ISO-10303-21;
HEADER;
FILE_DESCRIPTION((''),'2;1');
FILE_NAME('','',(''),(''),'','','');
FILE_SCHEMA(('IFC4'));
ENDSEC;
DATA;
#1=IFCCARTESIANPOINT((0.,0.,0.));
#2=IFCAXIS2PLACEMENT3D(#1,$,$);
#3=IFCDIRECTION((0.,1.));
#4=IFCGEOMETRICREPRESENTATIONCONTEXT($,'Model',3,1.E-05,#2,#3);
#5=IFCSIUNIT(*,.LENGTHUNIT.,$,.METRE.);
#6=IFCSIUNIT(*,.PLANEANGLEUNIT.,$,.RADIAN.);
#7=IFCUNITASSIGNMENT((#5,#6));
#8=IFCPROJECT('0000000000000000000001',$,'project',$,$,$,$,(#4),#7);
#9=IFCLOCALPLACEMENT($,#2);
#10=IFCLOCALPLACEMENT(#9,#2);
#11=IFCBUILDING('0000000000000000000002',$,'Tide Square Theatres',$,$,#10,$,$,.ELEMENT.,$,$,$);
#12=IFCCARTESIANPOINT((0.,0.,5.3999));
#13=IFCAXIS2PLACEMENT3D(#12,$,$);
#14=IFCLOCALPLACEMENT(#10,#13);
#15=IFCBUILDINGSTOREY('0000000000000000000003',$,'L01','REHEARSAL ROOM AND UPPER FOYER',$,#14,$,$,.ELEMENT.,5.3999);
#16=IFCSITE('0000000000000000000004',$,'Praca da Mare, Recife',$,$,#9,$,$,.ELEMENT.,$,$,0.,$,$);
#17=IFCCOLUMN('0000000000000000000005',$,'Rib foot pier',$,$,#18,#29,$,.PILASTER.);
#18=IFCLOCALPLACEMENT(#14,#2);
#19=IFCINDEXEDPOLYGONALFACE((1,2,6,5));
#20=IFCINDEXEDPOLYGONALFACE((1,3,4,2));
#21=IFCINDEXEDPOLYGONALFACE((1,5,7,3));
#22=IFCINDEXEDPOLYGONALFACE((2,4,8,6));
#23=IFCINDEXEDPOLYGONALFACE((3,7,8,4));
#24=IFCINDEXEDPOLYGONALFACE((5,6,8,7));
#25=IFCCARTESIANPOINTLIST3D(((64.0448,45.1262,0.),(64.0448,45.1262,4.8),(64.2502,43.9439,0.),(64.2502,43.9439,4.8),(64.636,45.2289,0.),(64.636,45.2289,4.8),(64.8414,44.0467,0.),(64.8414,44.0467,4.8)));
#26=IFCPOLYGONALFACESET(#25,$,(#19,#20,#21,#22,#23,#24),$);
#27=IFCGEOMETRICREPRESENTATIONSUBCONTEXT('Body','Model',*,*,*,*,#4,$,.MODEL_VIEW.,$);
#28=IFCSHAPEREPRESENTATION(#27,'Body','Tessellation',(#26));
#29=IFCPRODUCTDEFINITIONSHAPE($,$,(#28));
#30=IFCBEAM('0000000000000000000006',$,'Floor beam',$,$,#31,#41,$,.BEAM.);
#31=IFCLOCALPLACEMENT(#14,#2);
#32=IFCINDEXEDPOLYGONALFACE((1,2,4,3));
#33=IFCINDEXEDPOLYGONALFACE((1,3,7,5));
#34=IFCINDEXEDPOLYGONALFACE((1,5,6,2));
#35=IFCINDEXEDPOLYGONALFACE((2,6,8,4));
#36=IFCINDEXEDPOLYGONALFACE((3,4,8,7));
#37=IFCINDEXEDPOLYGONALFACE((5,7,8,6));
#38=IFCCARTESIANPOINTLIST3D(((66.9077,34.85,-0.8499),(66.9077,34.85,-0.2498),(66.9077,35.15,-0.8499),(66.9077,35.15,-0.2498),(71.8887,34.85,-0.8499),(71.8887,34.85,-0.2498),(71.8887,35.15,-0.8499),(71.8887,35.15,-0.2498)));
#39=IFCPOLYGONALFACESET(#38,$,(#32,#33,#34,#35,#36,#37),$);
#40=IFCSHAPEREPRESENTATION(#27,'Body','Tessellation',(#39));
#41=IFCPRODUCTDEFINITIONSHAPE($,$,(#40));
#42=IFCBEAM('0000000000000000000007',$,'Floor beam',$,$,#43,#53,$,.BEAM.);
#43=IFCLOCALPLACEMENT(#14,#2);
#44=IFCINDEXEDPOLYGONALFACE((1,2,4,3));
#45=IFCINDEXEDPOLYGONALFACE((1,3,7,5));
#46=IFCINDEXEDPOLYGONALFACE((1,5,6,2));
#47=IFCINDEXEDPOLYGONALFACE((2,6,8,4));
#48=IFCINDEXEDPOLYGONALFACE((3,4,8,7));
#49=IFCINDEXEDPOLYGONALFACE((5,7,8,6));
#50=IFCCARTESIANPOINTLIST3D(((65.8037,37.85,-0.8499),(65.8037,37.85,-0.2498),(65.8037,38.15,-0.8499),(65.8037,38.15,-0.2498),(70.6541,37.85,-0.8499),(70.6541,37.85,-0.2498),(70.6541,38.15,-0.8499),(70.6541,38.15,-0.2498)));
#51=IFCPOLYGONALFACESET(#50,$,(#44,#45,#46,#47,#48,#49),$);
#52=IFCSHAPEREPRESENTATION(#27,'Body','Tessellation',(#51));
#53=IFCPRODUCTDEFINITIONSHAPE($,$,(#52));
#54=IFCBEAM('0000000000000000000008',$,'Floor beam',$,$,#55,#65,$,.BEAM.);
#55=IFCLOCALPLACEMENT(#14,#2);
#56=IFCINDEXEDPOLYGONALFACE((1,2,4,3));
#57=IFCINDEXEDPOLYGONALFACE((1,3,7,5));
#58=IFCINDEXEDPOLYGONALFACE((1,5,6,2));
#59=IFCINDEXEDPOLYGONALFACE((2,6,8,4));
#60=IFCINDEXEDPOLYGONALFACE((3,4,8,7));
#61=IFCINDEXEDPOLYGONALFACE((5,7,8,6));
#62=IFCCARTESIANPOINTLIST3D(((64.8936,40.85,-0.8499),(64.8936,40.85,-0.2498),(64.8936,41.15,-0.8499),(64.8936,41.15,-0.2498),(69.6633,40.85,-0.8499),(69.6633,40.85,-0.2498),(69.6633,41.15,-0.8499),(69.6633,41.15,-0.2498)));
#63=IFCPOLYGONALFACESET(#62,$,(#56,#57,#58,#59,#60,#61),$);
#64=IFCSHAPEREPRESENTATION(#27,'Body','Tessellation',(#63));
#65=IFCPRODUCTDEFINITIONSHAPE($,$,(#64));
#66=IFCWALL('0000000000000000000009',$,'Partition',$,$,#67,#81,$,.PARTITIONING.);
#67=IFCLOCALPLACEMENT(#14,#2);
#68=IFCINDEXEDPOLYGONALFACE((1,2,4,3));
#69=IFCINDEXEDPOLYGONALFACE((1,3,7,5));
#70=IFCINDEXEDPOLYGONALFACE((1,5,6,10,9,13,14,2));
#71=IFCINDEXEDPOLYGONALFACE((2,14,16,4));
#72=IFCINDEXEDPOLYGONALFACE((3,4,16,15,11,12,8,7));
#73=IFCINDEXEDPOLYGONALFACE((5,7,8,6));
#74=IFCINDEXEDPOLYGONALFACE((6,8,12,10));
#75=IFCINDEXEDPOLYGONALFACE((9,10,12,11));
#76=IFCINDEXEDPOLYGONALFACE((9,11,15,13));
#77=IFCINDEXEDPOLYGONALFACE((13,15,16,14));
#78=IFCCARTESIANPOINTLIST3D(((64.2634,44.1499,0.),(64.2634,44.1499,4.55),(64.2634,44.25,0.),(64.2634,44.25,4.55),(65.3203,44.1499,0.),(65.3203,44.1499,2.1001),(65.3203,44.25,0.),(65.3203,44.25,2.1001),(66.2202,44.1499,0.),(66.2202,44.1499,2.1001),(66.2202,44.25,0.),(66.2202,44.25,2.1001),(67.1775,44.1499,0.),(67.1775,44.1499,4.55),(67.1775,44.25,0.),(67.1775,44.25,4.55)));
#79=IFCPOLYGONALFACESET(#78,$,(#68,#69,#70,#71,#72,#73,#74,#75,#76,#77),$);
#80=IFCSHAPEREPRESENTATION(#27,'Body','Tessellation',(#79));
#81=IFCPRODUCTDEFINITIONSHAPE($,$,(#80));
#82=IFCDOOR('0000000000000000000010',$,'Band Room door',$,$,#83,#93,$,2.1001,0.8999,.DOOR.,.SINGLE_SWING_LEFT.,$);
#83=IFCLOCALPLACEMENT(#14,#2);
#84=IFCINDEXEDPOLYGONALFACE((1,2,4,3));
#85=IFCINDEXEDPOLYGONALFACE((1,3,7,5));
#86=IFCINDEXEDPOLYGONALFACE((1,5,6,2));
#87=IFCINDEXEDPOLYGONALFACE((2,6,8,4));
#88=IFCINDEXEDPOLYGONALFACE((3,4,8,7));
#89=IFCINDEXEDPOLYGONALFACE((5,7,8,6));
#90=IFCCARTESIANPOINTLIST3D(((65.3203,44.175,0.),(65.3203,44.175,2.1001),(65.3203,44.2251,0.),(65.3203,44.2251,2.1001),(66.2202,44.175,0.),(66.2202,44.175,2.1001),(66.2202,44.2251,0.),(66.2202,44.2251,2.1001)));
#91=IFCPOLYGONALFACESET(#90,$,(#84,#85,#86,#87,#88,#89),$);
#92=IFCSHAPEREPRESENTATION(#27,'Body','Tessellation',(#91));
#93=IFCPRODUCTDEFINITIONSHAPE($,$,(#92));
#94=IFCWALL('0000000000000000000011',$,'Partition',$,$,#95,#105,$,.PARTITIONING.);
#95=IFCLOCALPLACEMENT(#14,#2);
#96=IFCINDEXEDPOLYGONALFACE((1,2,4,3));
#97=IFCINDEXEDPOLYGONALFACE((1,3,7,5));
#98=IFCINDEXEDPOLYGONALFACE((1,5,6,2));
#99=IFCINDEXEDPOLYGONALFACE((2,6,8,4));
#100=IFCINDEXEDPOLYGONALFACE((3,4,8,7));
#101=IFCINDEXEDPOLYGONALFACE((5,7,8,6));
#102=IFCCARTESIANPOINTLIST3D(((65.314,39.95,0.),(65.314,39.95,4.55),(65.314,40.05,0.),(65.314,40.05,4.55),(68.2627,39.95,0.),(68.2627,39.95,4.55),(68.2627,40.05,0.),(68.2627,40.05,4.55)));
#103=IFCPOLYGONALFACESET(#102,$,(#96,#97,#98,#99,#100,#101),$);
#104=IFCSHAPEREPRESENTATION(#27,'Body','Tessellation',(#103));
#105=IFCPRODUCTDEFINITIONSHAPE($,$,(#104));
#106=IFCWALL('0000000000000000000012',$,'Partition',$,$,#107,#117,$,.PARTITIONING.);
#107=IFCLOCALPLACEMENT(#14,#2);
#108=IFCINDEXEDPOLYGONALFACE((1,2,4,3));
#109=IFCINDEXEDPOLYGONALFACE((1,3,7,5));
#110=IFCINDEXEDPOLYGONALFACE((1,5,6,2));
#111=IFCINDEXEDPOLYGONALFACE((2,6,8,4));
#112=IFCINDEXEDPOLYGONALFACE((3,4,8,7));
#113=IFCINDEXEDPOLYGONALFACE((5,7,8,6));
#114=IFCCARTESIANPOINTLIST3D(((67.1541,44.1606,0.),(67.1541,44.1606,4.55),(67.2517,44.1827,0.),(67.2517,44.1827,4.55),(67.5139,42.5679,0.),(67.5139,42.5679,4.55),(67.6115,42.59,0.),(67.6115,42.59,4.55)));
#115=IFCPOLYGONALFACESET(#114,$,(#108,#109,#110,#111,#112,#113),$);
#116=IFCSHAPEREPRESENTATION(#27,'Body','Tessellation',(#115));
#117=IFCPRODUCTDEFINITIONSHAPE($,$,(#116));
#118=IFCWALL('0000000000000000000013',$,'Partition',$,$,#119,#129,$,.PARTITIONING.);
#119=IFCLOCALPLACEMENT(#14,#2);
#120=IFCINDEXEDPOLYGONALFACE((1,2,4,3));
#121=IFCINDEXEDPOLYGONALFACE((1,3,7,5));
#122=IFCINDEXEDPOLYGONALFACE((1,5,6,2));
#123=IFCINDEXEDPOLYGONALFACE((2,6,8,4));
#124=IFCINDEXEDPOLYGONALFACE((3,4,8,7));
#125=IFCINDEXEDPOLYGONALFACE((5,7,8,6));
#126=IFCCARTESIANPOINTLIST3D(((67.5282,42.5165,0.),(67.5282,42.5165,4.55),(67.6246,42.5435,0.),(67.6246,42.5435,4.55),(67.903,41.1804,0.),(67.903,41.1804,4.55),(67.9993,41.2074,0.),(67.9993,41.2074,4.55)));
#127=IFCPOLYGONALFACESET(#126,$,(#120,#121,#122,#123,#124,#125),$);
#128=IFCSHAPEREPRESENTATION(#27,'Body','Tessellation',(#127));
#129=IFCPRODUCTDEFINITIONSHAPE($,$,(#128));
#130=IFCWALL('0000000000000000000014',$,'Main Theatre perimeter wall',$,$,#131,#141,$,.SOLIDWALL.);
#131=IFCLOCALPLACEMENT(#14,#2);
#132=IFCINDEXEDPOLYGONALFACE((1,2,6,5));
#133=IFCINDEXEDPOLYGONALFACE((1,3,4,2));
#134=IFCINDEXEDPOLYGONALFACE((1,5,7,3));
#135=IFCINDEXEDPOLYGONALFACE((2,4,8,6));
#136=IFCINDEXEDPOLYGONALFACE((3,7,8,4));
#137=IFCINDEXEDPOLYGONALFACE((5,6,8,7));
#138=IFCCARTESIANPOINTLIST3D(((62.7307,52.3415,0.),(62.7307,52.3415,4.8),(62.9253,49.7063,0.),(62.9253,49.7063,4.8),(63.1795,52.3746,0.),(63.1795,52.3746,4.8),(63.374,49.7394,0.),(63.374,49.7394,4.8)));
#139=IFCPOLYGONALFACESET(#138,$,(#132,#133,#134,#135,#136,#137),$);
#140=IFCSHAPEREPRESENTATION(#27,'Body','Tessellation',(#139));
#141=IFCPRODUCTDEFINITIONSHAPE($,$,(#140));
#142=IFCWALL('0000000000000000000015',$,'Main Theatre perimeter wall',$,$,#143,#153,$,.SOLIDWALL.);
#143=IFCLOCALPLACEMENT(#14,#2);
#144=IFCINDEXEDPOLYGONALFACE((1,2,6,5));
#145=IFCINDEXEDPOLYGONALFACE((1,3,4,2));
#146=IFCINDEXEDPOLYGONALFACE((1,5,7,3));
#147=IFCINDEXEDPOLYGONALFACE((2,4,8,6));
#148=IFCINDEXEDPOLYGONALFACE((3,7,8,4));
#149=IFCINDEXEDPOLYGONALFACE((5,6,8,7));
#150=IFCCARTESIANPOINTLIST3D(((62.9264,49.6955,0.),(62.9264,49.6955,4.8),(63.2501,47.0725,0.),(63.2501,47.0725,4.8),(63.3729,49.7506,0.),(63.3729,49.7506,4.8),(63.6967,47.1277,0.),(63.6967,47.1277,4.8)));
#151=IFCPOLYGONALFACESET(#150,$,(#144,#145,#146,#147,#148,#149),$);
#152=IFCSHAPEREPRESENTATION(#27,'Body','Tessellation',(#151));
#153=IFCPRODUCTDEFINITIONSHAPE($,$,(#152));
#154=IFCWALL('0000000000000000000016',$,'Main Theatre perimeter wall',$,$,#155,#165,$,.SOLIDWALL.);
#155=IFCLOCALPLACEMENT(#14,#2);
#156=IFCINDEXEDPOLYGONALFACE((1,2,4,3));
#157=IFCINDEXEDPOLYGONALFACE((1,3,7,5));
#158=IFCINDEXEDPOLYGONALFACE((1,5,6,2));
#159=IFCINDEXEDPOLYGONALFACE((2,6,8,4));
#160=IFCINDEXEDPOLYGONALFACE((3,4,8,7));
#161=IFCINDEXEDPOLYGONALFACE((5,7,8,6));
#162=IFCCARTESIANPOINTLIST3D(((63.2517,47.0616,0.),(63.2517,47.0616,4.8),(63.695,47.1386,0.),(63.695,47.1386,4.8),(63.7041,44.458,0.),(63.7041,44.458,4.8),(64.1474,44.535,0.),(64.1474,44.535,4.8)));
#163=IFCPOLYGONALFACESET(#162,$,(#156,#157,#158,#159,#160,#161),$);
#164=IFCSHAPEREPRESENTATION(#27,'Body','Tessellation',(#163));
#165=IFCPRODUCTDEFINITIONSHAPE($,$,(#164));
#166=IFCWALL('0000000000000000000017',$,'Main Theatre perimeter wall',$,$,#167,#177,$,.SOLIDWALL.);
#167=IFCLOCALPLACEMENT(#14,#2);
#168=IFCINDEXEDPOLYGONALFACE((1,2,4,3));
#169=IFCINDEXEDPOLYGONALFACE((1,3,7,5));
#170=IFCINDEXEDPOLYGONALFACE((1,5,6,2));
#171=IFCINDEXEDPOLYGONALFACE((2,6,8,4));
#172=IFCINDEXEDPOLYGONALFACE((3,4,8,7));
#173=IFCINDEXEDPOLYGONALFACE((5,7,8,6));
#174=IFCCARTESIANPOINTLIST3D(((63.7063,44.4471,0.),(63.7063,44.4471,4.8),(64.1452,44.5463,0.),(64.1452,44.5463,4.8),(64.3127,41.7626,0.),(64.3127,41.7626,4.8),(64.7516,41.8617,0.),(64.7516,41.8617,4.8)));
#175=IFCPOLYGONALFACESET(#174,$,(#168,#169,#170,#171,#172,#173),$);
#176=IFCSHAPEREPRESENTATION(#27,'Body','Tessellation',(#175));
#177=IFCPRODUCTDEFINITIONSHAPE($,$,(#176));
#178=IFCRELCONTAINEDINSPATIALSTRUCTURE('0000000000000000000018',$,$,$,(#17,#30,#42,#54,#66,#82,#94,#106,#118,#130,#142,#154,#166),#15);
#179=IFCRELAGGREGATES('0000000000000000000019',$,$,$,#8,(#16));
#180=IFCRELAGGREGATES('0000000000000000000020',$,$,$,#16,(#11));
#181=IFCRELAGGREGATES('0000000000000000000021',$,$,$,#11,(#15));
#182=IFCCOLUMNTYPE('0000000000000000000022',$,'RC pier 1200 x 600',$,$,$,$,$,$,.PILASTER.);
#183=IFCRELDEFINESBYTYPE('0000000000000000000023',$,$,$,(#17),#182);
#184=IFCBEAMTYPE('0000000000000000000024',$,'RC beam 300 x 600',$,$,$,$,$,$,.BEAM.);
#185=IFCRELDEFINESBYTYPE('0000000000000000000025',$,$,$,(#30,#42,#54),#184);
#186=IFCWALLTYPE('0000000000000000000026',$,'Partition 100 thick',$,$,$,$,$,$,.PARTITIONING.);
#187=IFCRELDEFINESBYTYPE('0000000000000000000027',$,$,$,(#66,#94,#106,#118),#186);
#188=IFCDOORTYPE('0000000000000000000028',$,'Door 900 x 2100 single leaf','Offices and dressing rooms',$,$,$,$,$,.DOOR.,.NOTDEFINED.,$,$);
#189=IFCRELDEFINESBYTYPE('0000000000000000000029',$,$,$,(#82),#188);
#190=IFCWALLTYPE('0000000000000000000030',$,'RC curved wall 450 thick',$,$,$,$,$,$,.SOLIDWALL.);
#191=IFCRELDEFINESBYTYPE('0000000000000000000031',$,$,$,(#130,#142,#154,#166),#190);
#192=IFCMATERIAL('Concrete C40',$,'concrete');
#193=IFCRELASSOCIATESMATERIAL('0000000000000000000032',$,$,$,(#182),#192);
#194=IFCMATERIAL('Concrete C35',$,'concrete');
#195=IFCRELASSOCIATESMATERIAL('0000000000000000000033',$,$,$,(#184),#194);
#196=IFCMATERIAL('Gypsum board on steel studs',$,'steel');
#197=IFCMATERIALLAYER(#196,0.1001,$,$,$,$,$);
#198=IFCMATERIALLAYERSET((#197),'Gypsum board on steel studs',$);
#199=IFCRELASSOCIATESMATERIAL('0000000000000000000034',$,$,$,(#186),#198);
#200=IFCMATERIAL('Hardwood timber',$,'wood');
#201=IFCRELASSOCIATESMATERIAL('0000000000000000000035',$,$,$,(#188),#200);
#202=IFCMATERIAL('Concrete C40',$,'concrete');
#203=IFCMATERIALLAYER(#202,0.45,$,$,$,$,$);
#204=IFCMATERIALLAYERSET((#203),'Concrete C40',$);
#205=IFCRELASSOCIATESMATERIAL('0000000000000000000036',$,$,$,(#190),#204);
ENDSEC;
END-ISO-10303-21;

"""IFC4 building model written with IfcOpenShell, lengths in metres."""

from ifc_helpers import new_model, si_unit, direction, frame, frame_2d, origin, origin_2d, place, context, subcontext, project, spatial, rectangle, extrude, material, layer, layer_set, material_profile, profile_set, type_object, element, fill, save


model = new_model("IFC4")

# Units and contexts
model_context = context("Model", 3, precision=1e-05, world=origin(), true_north=direction((0.0, 1.0)))
body_context = subcontext(model_context, "Body", "Model", "MODEL_VIEW")
ifc_project = project(units=[si_unit("LENGTHUNIT", "METRE"), si_unit("PLANEANGLEUNIT", "RADIAN")], contexts=[model_context])

# Site, building, storey
site_placement = place(None, origin())
site = spatial("IfcSite", under=ifc_project, at=site_placement, Name="Praca da Mare, Recife", CompositionType="ELEMENT", RefElevation=0.0)
building_placement = place(site_placement, origin())
building = spatial("IfcBuilding", under=site, at=building_placement, Name="Tide Square Theatres", CompositionType="ELEMENT")
storey_placement = place(building_placement, frame((0.0, 0.0, 5.3999)))
storey = spatial("IfcBuildingStorey", under=building, at=storey_placement, Name="L01", Description="REHEARSAL ROOM AND UPPER FOYER", CompositionType="ELEMENT", Elevation=5.3999)

# Column
ifc_material_1 = material(Name="Concrete C40", Category="concrete")
ifc_material_profile_1 = material_profile(ifc_material_1, rectangle(XDim=1.2, YDim=0.6001, at=origin_2d()))
ifc_profile_set_1 = profile_set([ifc_material_profile_1], Name="Concrete C40")
column_type = type_object("IfcColumnType", Name="RC pier 1200 x 600", PredefinedType="PILASTER", material=ifc_profile_set_1)
column_placement = place(storey_placement, frame((64.4431, 44.5864, 0.0), z_axis=(0.0, 0.0, 1.0), x_axis=(0.171173, -0.985241, 0.0)))
element("IfcColumn", 1, at=column_placement, inside=storey, type_object=column_type, Name="Rib foot pier", PredefinedType="PILASTER", context=body_context, shape_type="SweptSolid", body=[
    extrude(rectangle(XDim=1.2, YDim=0.6001, at=origin_2d()), origin(), (0.0, 0.0, 1.0), 4.8),
])

# Beams
ifc_material_2 = material(Name="Concrete C35", Category="concrete")
ifc_material_profile_2 = material_profile(ifc_material_2, rectangle(XDim=0.3, YDim=0.6001, at=origin_2d()))
ifc_profile_set_2 = profile_set([ifc_material_profile_2], Name="Concrete C35")
beam_type = type_object("IfcBeamType", Name="RC beam 300 x 600", PredefinedType="BEAM", material=ifc_profile_set_2)
beam_1_placement = place(storey_placement, frame((66.9077, 35.0, -0.5498), z_axis=(1.0, 0.0, 0.0), x_axis=(0.0, 1.0, 0.0)))
element("IfcBeam", 2, at=beam_1_placement, inside=storey, type_object=beam_type, Name="Floor beam", PredefinedType="BEAM", context=body_context, shape_type="SweptSolid", body=[
    extrude(rectangle(XDim=0.3, YDim=0.6001, at=origin_2d()), origin(), (0.0, 0.0, 1.0), 4.981),
])
beam_2_placement = place(storey_placement, frame((65.8037, 38.0, -0.5498), z_axis=(1.0, 0.0, 0.0), x_axis=(0.0, 1.0, 0.0)))
element("IfcBeam", 3, at=beam_2_placement, inside=storey, type_object=beam_type, Name="Floor beam", PredefinedType="BEAM", context=body_context, shape_type="SweptSolid", body=[
    extrude(rectangle(XDim=0.3, YDim=0.6001, at=origin_2d()), origin(), (0.0, 0.0, 1.0), 4.8503),
])
beam_3_placement = place(storey_placement, frame((64.8936, 41.0, -0.5498), z_axis=(1.0, 0.0, 0.0), x_axis=(0.0, 1.0, 0.0)))
element("IfcBeam", 4, at=beam_3_placement, inside=storey, type_object=beam_type, Name="Floor beam", PredefinedType="BEAM", context=body_context, shape_type="SweptSolid", body=[
    extrude(rectangle(XDim=0.3, YDim=0.6001, at=origin_2d()), origin(), (0.0, 0.0, 1.0), 4.7698),
])

# Wall, opening, door
ifc_material_3 = material(Name="Gypsum board on steel studs", Category="steel")
ifc_layer_1 = layer(ifc_material_3, 0.1001)
ifc_layer_set_1 = layer_set([ifc_layer_1], Name="Gypsum board on steel studs")
wall_type_1 = type_object("IfcWallType", Name="Partition 100 thick", PredefinedType="PARTITIONING", material=ifc_layer_set_1)
wall_1_placement = place(storey_placement, frame((64.2634, 44.2, 0.0), z_axis=(0.0, 0.0, 1.0), x_axis=(1.0, 0.0, 0.0)))
wall_1 = element("IfcWall", 5, at=wall_1_placement, inside=storey, type_object=wall_type_1, Name="Partition", PredefinedType="PARTITIONING", context=body_context, shape_type="SweptSolid", body=[
    extrude(rectangle(XDim=2.9141, YDim=0.1001, at=frame_2d((1.457, 0.0))), origin(), (0.0, 0.0, 1.0), 4.55),
])
opening_1_placement = place(wall_1_placement, frame((1.0569, 0.0, 0.0)))
opening_1 = element("IfcOpeningElement", 6, at=opening_1_placement, cuts=wall_1, PredefinedType="OPENING", context=body_context, shape_type="SweptSolid", body=[
    extrude(rectangle(XDim=0.8999, YDim=2.1001, at=frame_2d((0.45, 1.05))), frame((0.0, 0.0601, 0.0), z_axis=(0.0, -1.0, 0.0), x_axis=(1.0, 0.0, 0.0)), (0.0, 0.0, 1.0), 0.1201),
])
ifc_material_4 = material(Name="Hardwood timber", Category="wood")
door_type = type_object("IfcDoorType", Name="Door 900 x 2100 single leaf", Description="Offices and dressing rooms", OperationType="NOTDEFINED", PredefinedType="DOOR", material=ifc_material_4)
door_placement = place(opening_1_placement, frame((0.8999, 0.0, 0.0), z_axis=(0.0, 0.0, 1.0), x_axis=(-1.0, 0.0, 0.0)))
door = element("IfcDoor", 7, at=door_placement, inside=storey, type_object=door_type, Name="Band Room door", OperationType="SINGLE_SWING_LEFT", OverallHeight=2.1001, OverallWidth=0.8999, PredefinedType="DOOR", context=body_context, shape_type="SweptSolid", body=[
    extrude(rectangle(XDim=0.8999, YDim=2.1001, at=frame_2d((0.45, 1.05))), frame((0.0, 0.0249, 0.0), z_axis=(0.0, -1.0, 0.0), x_axis=(1.0, 0.0, 0.0)), (0.0, 0.0, 1.0), 0.05),
])
fill(opening_1, door)

# Walls
wall_2_placement = place(storey_placement, frame((65.314, 40.0, 0.0), z_axis=(0.0, 0.0, 1.0), x_axis=(1.0, 0.0, 0.0)))
element("IfcWall", 8, at=wall_2_placement, inside=storey, type_object=wall_type_1, Name="Partition", PredefinedType="PARTITIONING", context=body_context, shape_type="SweptSolid", body=[
    extrude(rectangle(XDim=2.9487, YDim=0.1001, at=frame_2d((1.4744, 0.0))), origin(), (0.0, 0.0, 1.0), 4.55),
])
wall_3_placement = place(storey_placement, frame((67.2029, 44.1716, 0.0), z_axis=(0.0, 0.0, 1.0), x_axis=(0.22038, -0.975414, 0.0)))
element("IfcWall", 9, at=wall_3_placement, inside=storey, type_object=wall_type_1, Name="Partition", PredefinedType="PARTITIONING", context=body_context, shape_type="SweptSolid", body=[
    extrude(rectangle(XDim=1.6328, YDim=0.1001, at=frame_2d((0.8164, 0.0))), origin(), (0.0, 0.0, 1.0), 4.55),
])
wall_4_placement = place(storey_placement, frame((67.5764, 42.53, 0.0), z_axis=(0.0, 0.0, 1.0), x_axis=(0.270048, -0.962847, 0.0)))
element("IfcWall", 10, at=wall_4_placement, inside=storey, type_object=wall_type_1, Name="Partition", PredefinedType="PARTITIONING", context=body_context, shape_type="SweptSolid", body=[
    extrude(rectangle(XDim=1.3877, YDim=0.1001, at=frame_2d((0.6938, 0.0))), origin(), (0.0, 0.0, 1.0), 4.55),
])
ifc_material_5 = material(Name="Concrete C40", Category="concrete")
ifc_layer_2 = layer(ifc_material_5, 0.45)
ifc_layer_set_2 = layer_set([ifc_layer_2], Name="Concrete C40")
wall_type_2 = type_object("IfcWallType", Name="RC curved wall 450 thick", PredefinedType="SOLIDWALL", material=ifc_layer_set_2)
wall_5_placement = place(storey_placement, frame((62.9551, 52.3582, 0.0), z_axis=(0.0, 0.0, 1.0), x_axis=(0.073637, -0.997285, 0.0)))
element("IfcWall", 11, at=wall_5_placement, inside=storey, type_object=wall_type_2, Name="Main Theatre perimeter wall", PredefinedType="SOLIDWALL", context=body_context, shape_type="SweptSolid", body=[
    extrude(rectangle(XDim=2.6423, YDim=0.45, at=frame_2d((1.3213, 0.0))), origin(), (0.0, 0.0, 1.0), 4.8),
])
wall_6_placement = place(storey_placement, frame((63.1497, 49.7229, 0.0), z_axis=(0.0, 0.0, 1.0), x_axis=(0.1225, -0.992469, 0.0)))
element("IfcWall", 12, at=wall_6_placement, inside=storey, type_object=wall_type_2, Name="Main Theatre perimeter wall", PredefinedType="SOLIDWALL", context=body_context, shape_type="SweptSolid", body=[
    extrude(rectangle(XDim=2.6428, YDim=0.45, at=frame_2d((1.3213, 0.0))), origin(), (0.0, 0.0, 1.0), 4.8),
])
wall_7_placement = place(storey_placement, frame((63.4734, 47.1001, 0.0), z_axis=(0.0, 0.0, 1.0), x_axis=(0.171197, -0.985237, 0.0)))
element("IfcWall", 13, at=wall_7_placement, inside=storey, type_object=wall_type_2, Name="Main Theatre perimeter wall", PredefinedType="SOLIDWALL", context=body_context, shape_type="SweptSolid", body=[
    extrude(rectangle(XDim=2.6426, YDim=0.45, at=frame_2d((1.3213, 0.0))), origin(), (0.0, 0.0, 1.0), 4.8),
])
wall_8_placement = place(storey_placement, frame((63.9258, 44.4966, 0.0), z_axis=(0.0, 0.0, 1.0), x_axis=(0.220348, -0.975421, 0.0)))
element("IfcWall", 14, at=wall_8_placement, inside=storey, type_object=wall_type_2, Name="Main Theatre perimeter wall", PredefinedType="SOLIDWALL", context=body_context, shape_type="SweptSolid", body=[
    extrude(rectangle(XDim=2.7522, YDim=0.45, at=frame_2d((1.376, 0.0))), origin(), (0.0, 0.0, 1.0), 4.8),
])

save(model, "model.ifc")
